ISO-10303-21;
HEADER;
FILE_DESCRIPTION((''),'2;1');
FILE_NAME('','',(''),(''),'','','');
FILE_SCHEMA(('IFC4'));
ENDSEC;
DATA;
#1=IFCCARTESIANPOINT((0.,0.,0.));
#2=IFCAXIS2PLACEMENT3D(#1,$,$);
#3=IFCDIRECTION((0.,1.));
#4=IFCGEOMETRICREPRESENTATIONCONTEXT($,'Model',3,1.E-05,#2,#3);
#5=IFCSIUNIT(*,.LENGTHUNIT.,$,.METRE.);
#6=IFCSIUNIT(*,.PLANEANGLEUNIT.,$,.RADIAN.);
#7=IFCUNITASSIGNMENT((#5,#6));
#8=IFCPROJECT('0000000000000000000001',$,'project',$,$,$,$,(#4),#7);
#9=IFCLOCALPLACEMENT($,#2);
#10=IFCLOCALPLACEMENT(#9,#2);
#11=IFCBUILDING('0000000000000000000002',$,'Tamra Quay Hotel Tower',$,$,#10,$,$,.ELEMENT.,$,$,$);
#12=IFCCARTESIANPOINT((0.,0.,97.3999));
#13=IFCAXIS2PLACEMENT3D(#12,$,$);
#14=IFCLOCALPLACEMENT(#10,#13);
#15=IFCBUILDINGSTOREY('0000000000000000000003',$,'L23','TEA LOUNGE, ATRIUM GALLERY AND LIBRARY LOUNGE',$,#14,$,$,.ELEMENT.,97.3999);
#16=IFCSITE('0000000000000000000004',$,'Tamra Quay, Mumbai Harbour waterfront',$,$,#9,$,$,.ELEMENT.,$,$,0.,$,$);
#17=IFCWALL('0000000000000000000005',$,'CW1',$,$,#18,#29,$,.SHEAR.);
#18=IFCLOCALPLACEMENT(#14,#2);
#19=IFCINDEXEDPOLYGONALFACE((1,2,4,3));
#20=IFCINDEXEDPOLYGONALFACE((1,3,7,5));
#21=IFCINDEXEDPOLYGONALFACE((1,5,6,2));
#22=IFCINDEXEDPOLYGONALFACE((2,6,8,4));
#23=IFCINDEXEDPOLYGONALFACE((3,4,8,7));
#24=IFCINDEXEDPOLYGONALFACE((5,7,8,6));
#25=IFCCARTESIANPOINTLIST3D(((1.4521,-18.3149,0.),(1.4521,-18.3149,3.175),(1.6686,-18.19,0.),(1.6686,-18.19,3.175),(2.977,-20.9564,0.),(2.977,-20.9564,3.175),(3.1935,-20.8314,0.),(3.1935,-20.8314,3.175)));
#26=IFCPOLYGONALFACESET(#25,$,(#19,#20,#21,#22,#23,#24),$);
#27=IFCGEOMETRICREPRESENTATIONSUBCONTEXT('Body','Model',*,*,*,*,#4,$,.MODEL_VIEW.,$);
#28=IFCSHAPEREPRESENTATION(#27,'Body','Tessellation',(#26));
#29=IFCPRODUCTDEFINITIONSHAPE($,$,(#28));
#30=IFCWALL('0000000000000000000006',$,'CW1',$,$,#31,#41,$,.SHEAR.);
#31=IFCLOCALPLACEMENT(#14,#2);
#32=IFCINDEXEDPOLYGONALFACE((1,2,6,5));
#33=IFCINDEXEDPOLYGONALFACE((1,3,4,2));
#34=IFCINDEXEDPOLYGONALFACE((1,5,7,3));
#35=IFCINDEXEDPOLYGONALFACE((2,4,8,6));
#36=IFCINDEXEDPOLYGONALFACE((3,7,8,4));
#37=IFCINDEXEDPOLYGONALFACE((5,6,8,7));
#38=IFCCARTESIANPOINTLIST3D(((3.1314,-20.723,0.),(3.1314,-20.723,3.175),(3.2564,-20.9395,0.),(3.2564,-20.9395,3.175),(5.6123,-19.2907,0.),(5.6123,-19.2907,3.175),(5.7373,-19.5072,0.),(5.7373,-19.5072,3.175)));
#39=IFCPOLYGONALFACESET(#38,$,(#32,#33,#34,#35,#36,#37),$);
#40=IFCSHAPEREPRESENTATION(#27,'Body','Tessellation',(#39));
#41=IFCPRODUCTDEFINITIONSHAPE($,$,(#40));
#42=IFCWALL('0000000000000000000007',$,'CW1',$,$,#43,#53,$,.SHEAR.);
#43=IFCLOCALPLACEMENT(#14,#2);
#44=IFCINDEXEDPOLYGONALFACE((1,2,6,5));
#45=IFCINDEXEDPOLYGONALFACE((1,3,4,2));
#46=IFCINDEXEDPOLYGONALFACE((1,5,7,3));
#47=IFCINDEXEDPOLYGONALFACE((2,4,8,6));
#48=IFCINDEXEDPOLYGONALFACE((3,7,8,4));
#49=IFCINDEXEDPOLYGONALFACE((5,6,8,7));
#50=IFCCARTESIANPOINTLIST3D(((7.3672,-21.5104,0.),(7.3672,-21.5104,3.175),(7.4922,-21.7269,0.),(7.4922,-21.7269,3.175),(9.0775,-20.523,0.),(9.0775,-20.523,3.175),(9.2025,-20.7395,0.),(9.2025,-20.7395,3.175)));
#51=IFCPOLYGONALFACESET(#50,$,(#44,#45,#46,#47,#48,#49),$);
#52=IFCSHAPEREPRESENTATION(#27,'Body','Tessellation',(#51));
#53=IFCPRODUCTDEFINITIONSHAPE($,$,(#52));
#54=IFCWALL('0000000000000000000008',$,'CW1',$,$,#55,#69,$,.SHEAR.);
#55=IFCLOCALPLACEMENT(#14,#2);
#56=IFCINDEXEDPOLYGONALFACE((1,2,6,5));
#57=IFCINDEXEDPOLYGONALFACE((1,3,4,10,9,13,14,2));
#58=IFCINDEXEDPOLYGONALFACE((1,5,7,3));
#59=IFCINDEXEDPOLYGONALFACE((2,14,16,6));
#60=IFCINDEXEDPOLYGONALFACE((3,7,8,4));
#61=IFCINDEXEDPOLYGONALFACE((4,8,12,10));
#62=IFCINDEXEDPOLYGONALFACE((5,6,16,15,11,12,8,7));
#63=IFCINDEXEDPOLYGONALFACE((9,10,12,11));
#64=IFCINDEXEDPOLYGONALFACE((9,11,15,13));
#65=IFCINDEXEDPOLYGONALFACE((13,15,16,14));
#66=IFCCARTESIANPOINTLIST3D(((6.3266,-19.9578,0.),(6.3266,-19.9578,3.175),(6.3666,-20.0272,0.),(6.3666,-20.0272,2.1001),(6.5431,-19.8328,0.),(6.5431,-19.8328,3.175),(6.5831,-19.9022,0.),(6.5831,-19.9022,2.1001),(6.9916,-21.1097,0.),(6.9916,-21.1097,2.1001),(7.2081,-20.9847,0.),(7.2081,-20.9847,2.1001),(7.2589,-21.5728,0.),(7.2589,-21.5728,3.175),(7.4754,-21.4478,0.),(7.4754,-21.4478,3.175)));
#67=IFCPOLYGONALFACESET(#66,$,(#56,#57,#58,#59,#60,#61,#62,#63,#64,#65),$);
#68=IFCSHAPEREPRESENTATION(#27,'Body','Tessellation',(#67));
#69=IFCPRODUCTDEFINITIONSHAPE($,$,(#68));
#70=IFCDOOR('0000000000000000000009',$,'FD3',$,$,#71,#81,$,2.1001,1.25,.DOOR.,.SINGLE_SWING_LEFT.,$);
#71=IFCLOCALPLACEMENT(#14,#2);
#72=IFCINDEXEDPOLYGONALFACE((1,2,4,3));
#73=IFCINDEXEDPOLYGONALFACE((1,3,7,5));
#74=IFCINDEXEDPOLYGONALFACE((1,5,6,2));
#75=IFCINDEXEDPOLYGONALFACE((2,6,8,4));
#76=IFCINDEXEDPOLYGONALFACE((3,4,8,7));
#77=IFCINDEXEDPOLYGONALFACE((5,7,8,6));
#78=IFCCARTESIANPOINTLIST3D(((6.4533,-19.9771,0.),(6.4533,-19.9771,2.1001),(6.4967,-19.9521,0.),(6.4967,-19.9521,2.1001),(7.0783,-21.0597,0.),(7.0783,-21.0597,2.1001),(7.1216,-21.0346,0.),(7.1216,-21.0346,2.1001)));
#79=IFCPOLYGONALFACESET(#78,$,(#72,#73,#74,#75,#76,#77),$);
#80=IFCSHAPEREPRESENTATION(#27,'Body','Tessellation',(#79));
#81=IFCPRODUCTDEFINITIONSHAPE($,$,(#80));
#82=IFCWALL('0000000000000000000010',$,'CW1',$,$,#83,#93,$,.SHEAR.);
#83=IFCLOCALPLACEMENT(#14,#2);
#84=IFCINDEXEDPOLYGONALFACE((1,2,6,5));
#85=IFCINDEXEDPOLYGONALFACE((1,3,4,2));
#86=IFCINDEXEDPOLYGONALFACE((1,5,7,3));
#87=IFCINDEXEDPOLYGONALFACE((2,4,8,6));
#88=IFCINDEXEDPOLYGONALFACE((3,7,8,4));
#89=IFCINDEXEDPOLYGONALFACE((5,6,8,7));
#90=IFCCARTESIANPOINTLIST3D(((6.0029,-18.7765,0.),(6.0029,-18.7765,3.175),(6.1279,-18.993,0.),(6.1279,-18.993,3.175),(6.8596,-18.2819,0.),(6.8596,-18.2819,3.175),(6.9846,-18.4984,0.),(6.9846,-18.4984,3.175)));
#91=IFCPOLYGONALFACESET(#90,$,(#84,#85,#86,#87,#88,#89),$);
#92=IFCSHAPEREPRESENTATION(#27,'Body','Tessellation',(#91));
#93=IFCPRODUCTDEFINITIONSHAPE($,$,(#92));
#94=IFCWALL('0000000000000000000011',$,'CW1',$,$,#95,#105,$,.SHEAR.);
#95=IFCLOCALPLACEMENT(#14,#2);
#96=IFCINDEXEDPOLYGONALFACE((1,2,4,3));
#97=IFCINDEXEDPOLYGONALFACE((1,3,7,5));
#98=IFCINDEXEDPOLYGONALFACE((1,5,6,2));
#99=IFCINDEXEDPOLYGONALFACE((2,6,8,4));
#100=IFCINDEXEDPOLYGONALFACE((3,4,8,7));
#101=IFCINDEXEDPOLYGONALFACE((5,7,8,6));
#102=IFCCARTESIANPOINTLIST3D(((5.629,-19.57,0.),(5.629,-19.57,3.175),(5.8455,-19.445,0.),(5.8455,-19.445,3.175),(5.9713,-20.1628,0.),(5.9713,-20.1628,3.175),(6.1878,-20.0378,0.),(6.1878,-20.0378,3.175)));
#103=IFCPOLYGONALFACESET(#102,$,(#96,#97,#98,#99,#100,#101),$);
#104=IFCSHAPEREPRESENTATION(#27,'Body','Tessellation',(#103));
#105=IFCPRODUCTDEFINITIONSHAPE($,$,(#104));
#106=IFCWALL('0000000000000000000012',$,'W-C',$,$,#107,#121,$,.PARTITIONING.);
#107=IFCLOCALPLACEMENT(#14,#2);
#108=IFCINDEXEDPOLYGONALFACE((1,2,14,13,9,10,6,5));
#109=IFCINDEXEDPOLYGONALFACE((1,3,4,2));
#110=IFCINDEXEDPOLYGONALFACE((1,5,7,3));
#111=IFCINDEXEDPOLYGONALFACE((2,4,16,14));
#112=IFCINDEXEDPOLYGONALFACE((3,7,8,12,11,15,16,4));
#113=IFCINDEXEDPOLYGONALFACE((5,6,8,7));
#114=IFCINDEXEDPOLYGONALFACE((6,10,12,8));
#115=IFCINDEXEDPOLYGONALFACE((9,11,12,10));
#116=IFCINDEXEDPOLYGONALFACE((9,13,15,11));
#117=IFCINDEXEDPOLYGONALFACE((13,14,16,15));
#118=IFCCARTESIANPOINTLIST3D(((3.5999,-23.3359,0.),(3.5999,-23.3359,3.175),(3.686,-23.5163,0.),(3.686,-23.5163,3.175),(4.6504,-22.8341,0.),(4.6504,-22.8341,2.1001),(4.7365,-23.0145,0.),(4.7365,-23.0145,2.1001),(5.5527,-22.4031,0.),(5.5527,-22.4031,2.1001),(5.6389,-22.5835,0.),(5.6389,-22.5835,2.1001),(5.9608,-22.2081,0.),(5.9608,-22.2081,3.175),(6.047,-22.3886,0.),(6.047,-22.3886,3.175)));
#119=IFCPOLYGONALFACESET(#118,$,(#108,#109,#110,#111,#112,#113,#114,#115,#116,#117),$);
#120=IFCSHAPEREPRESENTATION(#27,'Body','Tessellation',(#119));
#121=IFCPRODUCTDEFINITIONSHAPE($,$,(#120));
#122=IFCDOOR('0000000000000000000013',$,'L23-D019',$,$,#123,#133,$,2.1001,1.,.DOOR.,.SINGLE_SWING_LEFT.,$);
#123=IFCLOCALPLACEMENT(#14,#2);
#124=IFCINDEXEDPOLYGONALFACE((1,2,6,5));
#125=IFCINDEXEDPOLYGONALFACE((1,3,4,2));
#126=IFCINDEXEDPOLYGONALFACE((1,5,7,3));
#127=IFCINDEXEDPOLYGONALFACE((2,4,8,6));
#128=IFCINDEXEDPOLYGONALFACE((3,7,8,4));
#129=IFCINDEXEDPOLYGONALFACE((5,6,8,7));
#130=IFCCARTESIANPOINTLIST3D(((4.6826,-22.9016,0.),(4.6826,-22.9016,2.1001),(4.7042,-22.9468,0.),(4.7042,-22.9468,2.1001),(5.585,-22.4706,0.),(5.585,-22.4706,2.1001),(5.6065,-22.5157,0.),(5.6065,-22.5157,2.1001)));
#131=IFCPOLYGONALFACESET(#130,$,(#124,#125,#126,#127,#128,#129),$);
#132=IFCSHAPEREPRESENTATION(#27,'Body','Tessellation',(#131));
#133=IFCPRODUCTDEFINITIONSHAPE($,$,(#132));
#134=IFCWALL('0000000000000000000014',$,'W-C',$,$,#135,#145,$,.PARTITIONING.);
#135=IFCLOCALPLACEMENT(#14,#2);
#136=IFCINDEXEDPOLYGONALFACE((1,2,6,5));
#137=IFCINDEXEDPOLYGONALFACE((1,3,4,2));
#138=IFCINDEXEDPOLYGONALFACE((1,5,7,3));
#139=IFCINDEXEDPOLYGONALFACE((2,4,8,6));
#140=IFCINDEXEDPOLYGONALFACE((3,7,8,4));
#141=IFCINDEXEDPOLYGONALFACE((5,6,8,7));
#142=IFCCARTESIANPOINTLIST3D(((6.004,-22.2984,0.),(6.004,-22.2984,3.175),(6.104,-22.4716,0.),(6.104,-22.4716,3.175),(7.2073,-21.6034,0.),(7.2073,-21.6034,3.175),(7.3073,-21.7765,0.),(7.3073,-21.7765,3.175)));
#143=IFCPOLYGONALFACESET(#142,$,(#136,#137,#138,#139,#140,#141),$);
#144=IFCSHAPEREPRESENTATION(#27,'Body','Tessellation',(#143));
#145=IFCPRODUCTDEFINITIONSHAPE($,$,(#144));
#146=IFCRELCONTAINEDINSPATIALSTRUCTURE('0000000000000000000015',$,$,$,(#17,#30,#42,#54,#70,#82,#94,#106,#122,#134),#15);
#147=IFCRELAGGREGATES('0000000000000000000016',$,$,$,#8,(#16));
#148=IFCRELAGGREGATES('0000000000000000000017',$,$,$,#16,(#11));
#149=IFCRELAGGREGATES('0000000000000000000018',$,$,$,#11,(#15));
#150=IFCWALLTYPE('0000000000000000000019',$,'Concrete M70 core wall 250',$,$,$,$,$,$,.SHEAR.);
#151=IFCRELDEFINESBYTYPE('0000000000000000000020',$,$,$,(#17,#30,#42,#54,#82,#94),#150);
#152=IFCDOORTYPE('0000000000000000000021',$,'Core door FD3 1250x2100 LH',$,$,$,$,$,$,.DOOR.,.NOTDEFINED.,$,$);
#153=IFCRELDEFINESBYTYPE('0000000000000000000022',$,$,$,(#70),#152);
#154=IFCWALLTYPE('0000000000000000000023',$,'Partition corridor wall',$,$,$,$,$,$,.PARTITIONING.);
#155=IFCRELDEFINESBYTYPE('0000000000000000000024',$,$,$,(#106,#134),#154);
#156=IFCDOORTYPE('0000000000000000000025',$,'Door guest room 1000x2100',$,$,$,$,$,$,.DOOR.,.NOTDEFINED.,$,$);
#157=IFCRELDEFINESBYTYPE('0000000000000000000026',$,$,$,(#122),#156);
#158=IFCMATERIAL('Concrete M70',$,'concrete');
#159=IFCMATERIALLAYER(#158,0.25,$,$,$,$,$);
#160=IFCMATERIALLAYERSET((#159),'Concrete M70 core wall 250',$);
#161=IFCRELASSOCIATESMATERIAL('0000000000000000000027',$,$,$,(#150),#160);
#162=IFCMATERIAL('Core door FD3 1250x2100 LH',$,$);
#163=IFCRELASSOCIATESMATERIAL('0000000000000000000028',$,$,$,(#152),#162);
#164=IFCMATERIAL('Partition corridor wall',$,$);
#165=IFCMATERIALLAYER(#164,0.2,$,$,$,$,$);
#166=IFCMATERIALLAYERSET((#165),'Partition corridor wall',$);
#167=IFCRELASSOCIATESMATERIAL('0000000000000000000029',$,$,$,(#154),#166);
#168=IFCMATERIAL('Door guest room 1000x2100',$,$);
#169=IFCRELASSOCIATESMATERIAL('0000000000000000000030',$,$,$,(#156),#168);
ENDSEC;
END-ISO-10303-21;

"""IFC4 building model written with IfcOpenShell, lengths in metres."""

from ifc_helpers import new_model, si_unit, direction, frame, frame_2d, origin, place, context, subcontext, project, spatial, rectangle, extrude, material, layer, layer_set, type_object, element, fill, save


model = new_model("IFC4")

# Units and contexts
model_context = context("Model", 3, precision=1e-05, world=origin(), true_north=direction((0.0, 1.0)))
body_context = subcontext(model_context, "Body", "Model", "MODEL_VIEW")
ifc_project = project(units=[si_unit("LENGTHUNIT", "METRE"), si_unit("PLANEANGLEUNIT", "RADIAN")], contexts=[model_context])

# Site, building, storey
site_placement = place(None, origin())
site = spatial("IfcSite", under=ifc_project, at=site_placement, Name="Tamra Quay, Mumbai Harbour waterfront", CompositionType="ELEMENT", RefElevation=0.0)
building_placement = place(site_placement, origin())
building = spatial("IfcBuilding", under=site, at=building_placement, Name="Tamra Quay Hotel Tower", CompositionType="ELEMENT")
storey_placement = place(building_placement, frame((0.0, 0.0, 97.3999)))
storey = spatial("IfcBuildingStorey", under=building, at=storey_placement, Name="L23", Description="TEA LOUNGE, ATRIUM GALLERY AND LIBRARY LOUNGE", CompositionType="ELEMENT", Elevation=97.3999)

# Shared definitions
ifc_material_1 = material(Name="Concrete M70", Category="concrete")

# Walls
ifc_layer_1 = layer(ifc_material_1, 0.25)
ifc_layer_set_1 = layer_set([ifc_layer_1], Name="Concrete M70 core wall 250")
wall_type_1 = type_object("IfcWallType", Name="Concrete M70 core wall 250", PredefinedType="SHEAR", material=ifc_layer_set_1)
wall_1_placement = place(storey_placement, frame((3.0852, -20.8938, 0.0), z_axis=(0.0, 0.0, 1.0), x_axis=(-0.499979, 0.866038, 0.0)))
element("IfcWall", 1, at=wall_1_placement, inside=storey, type_object=wall_type_1, Name="CW1", PredefinedType="SHEAR", context=body_context, shape_type="SweptSolid", body=[
    extrude(rectangle(XDim=3.05, YDim=0.25, at=frame_2d((1.5249, 0.0))), origin(), (0.0, 0.0, 1.0), 3.175),
])
wall_2_placement = place(storey_placement, frame((5.6748, -19.3989, 0.0), z_axis=(0.0, 0.0, 1.0), x_axis=(-0.866027, -0.499998, 0.0)))
element("IfcWall", 2, at=wall_2_placement, inside=storey, type_object=wall_type_1, Name="CW1", PredefinedType="SHEAR", context=body_context, shape_type="SweptSolid", body=[
    extrude(rectangle(XDim=2.8647, YDim=0.25, at=frame_2d((1.4324, 0.0))), origin(), (0.0, 0.0, 1.0), 3.175),
])
wall_3_placement = place(storey_placement, frame((9.1399, -20.6313, 0.0), z_axis=(0.0, 0.0, 1.0), x_axis=(-0.866044, -0.499969, 0.0)))
element("IfcWall", 3, at=wall_3_placement, inside=storey, type_object=wall_type_1, Name="CW1", PredefinedType="SHEAR", context=body_context, shape_type="SweptSolid", body=[
    extrude(rectangle(XDim=1.9749, YDim=0.25, at=frame_2d((0.9873, 0.0))), origin(), (0.0, 0.0, 1.0), 3.175),
])

# Wall, opening, door
wall_4_placement = place(storey_placement, frame((7.3672, -21.5103, 0.0), z_axis=(0.0, 0.0, 1.0), x_axis=(-0.499983, 0.866035, 0.0)))
wall_4 = element("IfcWall", 4, at=wall_4_placement, inside=storey, type_object=wall_type_1, Name="CW1", PredefinedType="SHEAR", context=body_context, shape_type="SweptSolid", body=[
    extrude(rectangle(XDim=1.8647, YDim=0.25, at=frame_2d((0.9324, 0.0))), origin(), (0.0, 0.0, 1.0), 3.175),
])
opening_1_placement = place(wall_4_placement, frame((0.5347, 0.0, 0.0)))
opening_1 = element("IfcOpeningElement", 5, at=opening_1_placement, cuts=wall_4, PredefinedType="OPENING", context=body_context, shape_type="SweptSolid", body=[
    extrude(rectangle(XDim=1.25, YDim=2.1001, at=frame_2d((0.625, 1.05))), frame((0.0, 0.135, 0.0), z_axis=(0.0, -1.0, 0.0), x_axis=(1.0, 0.0, 0.0)), (0.0, 0.0, 1.0), 0.27),
])
ifc_material_2 = material(Name="Core door FD3 1250x2100 LH")
door_type_1 = type_object("IfcDoorType", Name="Core door FD3 1250x2100 LH", OperationType="NOTDEFINED", PredefinedType="DOOR", material=ifc_material_2)
door_1_placement = place(opening_1_placement, origin())
door_1 = element("IfcDoor", 6, at=door_1_placement, inside=storey, type_object=door_type_1, Name="FD3", OperationType="SINGLE_SWING_LEFT", OverallHeight=2.1001, OverallWidth=1.25, PredefinedType="DOOR", context=body_context, shape_type="SweptSolid", body=[
    extrude(rectangle(XDim=1.25, YDim=2.1001, at=frame_2d((0.625, 1.05))), frame((0.0, 0.0249, 0.0), z_axis=(0.0, -1.0, 0.0), x_axis=(1.0, 0.0, 0.0)), (0.0, 0.0, 1.0), 0.05),
])
fill(opening_1, door_1)

# Walls
wall_5_placement = place(storey_placement, frame((6.0654, -18.8848, 0.0), z_axis=(0.0, 0.0, 1.0), x_axis=(0.866017, 0.500014, 0.0)))
element("IfcWall", 7, at=wall_5_placement, inside=storey, type_object=wall_type_1, Name="CW1", PredefinedType="SHEAR", context=body_context, shape_type="SweptSolid", body=[
    extrude(rectangle(XDim=0.9893, YDim=0.25, at=frame_2d((0.4946, 0.0))), origin(), (0.0, 0.0, 1.0), 3.175),
])
wall_6_placement = place(storey_placement, frame((6.0796, -20.1003, 0.0), z_axis=(0.0, 0.0, 1.0), x_axis=(-0.500052, 0.865996, 0.0)))
element("IfcWall", 8, at=wall_6_placement, inside=storey, type_object=wall_type_1, Name="CW1", PredefinedType="SHEAR", context=body_context, shape_type="SweptSolid", body=[
    extrude(rectangle(XDim=0.6846, YDim=0.25, at=frame_2d((0.3423, 0.0))), origin(), (0.0, 0.0, 1.0), 3.175),
])

# Wall, opening, door
ifc_material_3 = material(Name="Partition corridor wall")
ifc_layer_2 = layer(ifc_material_3, 0.2)
ifc_layer_set_2 = layer_set([ifc_layer_2], Name="Partition corridor wall")
wall_type_2 = type_object("IfcWallType", Name="Partition corridor wall", PredefinedType="PARTITIONING", material=ifc_layer_set_2)
wall_7_placement = place(storey_placement, frame((3.6431, -23.426, 0.0), z_axis=(0.0, 0.0, 1.0), x_axis=(0.902344, 0.431016, 0.0)))
wall_7 = element("IfcWall", 9, at=wall_7_placement, inside=storey, type_object=wall_type_2, Name="W-C", PredefinedType="PARTITIONING", context=body_context, shape_type="SweptSolid", body=[
    extrude(rectangle(XDim=2.6165, YDim=0.2, at=frame_2d((1.3081, 0.0))), origin(), (0.0, 0.0, 1.0), 3.175),
])
opening_2_placement = place(wall_7_placement, frame((1.1641, 0.0, 0.0)))
opening_2 = element("IfcOpeningElement", 10, at=opening_2_placement, cuts=wall_7, PredefinedType="OPENING", context=body_context, shape_type="SweptSolid", body=[
    extrude(rectangle(XDim=1.0, YDim=2.1001, at=frame_2d((0.5, 1.05))), frame((0.0, 0.1099, 0.0), z_axis=(0.0, -1.0, 0.0), x_axis=(1.0, 0.0, 0.0)), (0.0, 0.0, 1.0), 0.22),
])
ifc_material_4 = material(Name="Door guest room 1000x2100")
door_type_2 = type_object("IfcDoorType", Name="Door guest room 1000x2100", OperationType="NOTDEFINED", PredefinedType="DOOR", material=ifc_material_4)
door_2_placement = place(opening_2_placement, frame((1.0, 0.0, 0.0), z_axis=(0.0, 0.0, 1.0), x_axis=(-1.0, 0.0, 0.0)))
door_2 = element("IfcDoor", 11, at=door_2_placement, inside=storey, type_object=door_type_2, Name="L23-D019", OperationType="SINGLE_SWING_LEFT", OverallHeight=2.1001, OverallWidth=1.0, PredefinedType="DOOR", context=body_context, shape_type="SweptSolid", body=[
    extrude(rectangle(XDim=1.0, YDim=2.1001, at=frame_2d((0.5, 1.05))), frame((0.0, 0.0249, 0.0), z_axis=(0.0, -1.0, 0.0), x_axis=(1.0, 0.0, 0.0)), (0.0, 0.0, 1.0), 0.05),
])
fill(opening_2, door_2)

# Wall
wall_8_placement = place(storey_placement, frame((6.054, -22.385, 0.0), z_axis=(0.0, 0.0, 1.0), x_axis=(0.865931, 0.500163, 0.0)))
element("IfcWall", 12, at=wall_8_placement, inside=storey, type_object=wall_type_2, Name="W-C", PredefinedType="PARTITIONING", context=body_context, shape_type="SweptSolid", body=[
    extrude(rectangle(XDim=1.3896, YDim=0.2, at=frame_2d((0.6948, 0.0))), origin(), (0.0, 0.0, 1.0), 3.175),
])

save(model, "model.ifc")
